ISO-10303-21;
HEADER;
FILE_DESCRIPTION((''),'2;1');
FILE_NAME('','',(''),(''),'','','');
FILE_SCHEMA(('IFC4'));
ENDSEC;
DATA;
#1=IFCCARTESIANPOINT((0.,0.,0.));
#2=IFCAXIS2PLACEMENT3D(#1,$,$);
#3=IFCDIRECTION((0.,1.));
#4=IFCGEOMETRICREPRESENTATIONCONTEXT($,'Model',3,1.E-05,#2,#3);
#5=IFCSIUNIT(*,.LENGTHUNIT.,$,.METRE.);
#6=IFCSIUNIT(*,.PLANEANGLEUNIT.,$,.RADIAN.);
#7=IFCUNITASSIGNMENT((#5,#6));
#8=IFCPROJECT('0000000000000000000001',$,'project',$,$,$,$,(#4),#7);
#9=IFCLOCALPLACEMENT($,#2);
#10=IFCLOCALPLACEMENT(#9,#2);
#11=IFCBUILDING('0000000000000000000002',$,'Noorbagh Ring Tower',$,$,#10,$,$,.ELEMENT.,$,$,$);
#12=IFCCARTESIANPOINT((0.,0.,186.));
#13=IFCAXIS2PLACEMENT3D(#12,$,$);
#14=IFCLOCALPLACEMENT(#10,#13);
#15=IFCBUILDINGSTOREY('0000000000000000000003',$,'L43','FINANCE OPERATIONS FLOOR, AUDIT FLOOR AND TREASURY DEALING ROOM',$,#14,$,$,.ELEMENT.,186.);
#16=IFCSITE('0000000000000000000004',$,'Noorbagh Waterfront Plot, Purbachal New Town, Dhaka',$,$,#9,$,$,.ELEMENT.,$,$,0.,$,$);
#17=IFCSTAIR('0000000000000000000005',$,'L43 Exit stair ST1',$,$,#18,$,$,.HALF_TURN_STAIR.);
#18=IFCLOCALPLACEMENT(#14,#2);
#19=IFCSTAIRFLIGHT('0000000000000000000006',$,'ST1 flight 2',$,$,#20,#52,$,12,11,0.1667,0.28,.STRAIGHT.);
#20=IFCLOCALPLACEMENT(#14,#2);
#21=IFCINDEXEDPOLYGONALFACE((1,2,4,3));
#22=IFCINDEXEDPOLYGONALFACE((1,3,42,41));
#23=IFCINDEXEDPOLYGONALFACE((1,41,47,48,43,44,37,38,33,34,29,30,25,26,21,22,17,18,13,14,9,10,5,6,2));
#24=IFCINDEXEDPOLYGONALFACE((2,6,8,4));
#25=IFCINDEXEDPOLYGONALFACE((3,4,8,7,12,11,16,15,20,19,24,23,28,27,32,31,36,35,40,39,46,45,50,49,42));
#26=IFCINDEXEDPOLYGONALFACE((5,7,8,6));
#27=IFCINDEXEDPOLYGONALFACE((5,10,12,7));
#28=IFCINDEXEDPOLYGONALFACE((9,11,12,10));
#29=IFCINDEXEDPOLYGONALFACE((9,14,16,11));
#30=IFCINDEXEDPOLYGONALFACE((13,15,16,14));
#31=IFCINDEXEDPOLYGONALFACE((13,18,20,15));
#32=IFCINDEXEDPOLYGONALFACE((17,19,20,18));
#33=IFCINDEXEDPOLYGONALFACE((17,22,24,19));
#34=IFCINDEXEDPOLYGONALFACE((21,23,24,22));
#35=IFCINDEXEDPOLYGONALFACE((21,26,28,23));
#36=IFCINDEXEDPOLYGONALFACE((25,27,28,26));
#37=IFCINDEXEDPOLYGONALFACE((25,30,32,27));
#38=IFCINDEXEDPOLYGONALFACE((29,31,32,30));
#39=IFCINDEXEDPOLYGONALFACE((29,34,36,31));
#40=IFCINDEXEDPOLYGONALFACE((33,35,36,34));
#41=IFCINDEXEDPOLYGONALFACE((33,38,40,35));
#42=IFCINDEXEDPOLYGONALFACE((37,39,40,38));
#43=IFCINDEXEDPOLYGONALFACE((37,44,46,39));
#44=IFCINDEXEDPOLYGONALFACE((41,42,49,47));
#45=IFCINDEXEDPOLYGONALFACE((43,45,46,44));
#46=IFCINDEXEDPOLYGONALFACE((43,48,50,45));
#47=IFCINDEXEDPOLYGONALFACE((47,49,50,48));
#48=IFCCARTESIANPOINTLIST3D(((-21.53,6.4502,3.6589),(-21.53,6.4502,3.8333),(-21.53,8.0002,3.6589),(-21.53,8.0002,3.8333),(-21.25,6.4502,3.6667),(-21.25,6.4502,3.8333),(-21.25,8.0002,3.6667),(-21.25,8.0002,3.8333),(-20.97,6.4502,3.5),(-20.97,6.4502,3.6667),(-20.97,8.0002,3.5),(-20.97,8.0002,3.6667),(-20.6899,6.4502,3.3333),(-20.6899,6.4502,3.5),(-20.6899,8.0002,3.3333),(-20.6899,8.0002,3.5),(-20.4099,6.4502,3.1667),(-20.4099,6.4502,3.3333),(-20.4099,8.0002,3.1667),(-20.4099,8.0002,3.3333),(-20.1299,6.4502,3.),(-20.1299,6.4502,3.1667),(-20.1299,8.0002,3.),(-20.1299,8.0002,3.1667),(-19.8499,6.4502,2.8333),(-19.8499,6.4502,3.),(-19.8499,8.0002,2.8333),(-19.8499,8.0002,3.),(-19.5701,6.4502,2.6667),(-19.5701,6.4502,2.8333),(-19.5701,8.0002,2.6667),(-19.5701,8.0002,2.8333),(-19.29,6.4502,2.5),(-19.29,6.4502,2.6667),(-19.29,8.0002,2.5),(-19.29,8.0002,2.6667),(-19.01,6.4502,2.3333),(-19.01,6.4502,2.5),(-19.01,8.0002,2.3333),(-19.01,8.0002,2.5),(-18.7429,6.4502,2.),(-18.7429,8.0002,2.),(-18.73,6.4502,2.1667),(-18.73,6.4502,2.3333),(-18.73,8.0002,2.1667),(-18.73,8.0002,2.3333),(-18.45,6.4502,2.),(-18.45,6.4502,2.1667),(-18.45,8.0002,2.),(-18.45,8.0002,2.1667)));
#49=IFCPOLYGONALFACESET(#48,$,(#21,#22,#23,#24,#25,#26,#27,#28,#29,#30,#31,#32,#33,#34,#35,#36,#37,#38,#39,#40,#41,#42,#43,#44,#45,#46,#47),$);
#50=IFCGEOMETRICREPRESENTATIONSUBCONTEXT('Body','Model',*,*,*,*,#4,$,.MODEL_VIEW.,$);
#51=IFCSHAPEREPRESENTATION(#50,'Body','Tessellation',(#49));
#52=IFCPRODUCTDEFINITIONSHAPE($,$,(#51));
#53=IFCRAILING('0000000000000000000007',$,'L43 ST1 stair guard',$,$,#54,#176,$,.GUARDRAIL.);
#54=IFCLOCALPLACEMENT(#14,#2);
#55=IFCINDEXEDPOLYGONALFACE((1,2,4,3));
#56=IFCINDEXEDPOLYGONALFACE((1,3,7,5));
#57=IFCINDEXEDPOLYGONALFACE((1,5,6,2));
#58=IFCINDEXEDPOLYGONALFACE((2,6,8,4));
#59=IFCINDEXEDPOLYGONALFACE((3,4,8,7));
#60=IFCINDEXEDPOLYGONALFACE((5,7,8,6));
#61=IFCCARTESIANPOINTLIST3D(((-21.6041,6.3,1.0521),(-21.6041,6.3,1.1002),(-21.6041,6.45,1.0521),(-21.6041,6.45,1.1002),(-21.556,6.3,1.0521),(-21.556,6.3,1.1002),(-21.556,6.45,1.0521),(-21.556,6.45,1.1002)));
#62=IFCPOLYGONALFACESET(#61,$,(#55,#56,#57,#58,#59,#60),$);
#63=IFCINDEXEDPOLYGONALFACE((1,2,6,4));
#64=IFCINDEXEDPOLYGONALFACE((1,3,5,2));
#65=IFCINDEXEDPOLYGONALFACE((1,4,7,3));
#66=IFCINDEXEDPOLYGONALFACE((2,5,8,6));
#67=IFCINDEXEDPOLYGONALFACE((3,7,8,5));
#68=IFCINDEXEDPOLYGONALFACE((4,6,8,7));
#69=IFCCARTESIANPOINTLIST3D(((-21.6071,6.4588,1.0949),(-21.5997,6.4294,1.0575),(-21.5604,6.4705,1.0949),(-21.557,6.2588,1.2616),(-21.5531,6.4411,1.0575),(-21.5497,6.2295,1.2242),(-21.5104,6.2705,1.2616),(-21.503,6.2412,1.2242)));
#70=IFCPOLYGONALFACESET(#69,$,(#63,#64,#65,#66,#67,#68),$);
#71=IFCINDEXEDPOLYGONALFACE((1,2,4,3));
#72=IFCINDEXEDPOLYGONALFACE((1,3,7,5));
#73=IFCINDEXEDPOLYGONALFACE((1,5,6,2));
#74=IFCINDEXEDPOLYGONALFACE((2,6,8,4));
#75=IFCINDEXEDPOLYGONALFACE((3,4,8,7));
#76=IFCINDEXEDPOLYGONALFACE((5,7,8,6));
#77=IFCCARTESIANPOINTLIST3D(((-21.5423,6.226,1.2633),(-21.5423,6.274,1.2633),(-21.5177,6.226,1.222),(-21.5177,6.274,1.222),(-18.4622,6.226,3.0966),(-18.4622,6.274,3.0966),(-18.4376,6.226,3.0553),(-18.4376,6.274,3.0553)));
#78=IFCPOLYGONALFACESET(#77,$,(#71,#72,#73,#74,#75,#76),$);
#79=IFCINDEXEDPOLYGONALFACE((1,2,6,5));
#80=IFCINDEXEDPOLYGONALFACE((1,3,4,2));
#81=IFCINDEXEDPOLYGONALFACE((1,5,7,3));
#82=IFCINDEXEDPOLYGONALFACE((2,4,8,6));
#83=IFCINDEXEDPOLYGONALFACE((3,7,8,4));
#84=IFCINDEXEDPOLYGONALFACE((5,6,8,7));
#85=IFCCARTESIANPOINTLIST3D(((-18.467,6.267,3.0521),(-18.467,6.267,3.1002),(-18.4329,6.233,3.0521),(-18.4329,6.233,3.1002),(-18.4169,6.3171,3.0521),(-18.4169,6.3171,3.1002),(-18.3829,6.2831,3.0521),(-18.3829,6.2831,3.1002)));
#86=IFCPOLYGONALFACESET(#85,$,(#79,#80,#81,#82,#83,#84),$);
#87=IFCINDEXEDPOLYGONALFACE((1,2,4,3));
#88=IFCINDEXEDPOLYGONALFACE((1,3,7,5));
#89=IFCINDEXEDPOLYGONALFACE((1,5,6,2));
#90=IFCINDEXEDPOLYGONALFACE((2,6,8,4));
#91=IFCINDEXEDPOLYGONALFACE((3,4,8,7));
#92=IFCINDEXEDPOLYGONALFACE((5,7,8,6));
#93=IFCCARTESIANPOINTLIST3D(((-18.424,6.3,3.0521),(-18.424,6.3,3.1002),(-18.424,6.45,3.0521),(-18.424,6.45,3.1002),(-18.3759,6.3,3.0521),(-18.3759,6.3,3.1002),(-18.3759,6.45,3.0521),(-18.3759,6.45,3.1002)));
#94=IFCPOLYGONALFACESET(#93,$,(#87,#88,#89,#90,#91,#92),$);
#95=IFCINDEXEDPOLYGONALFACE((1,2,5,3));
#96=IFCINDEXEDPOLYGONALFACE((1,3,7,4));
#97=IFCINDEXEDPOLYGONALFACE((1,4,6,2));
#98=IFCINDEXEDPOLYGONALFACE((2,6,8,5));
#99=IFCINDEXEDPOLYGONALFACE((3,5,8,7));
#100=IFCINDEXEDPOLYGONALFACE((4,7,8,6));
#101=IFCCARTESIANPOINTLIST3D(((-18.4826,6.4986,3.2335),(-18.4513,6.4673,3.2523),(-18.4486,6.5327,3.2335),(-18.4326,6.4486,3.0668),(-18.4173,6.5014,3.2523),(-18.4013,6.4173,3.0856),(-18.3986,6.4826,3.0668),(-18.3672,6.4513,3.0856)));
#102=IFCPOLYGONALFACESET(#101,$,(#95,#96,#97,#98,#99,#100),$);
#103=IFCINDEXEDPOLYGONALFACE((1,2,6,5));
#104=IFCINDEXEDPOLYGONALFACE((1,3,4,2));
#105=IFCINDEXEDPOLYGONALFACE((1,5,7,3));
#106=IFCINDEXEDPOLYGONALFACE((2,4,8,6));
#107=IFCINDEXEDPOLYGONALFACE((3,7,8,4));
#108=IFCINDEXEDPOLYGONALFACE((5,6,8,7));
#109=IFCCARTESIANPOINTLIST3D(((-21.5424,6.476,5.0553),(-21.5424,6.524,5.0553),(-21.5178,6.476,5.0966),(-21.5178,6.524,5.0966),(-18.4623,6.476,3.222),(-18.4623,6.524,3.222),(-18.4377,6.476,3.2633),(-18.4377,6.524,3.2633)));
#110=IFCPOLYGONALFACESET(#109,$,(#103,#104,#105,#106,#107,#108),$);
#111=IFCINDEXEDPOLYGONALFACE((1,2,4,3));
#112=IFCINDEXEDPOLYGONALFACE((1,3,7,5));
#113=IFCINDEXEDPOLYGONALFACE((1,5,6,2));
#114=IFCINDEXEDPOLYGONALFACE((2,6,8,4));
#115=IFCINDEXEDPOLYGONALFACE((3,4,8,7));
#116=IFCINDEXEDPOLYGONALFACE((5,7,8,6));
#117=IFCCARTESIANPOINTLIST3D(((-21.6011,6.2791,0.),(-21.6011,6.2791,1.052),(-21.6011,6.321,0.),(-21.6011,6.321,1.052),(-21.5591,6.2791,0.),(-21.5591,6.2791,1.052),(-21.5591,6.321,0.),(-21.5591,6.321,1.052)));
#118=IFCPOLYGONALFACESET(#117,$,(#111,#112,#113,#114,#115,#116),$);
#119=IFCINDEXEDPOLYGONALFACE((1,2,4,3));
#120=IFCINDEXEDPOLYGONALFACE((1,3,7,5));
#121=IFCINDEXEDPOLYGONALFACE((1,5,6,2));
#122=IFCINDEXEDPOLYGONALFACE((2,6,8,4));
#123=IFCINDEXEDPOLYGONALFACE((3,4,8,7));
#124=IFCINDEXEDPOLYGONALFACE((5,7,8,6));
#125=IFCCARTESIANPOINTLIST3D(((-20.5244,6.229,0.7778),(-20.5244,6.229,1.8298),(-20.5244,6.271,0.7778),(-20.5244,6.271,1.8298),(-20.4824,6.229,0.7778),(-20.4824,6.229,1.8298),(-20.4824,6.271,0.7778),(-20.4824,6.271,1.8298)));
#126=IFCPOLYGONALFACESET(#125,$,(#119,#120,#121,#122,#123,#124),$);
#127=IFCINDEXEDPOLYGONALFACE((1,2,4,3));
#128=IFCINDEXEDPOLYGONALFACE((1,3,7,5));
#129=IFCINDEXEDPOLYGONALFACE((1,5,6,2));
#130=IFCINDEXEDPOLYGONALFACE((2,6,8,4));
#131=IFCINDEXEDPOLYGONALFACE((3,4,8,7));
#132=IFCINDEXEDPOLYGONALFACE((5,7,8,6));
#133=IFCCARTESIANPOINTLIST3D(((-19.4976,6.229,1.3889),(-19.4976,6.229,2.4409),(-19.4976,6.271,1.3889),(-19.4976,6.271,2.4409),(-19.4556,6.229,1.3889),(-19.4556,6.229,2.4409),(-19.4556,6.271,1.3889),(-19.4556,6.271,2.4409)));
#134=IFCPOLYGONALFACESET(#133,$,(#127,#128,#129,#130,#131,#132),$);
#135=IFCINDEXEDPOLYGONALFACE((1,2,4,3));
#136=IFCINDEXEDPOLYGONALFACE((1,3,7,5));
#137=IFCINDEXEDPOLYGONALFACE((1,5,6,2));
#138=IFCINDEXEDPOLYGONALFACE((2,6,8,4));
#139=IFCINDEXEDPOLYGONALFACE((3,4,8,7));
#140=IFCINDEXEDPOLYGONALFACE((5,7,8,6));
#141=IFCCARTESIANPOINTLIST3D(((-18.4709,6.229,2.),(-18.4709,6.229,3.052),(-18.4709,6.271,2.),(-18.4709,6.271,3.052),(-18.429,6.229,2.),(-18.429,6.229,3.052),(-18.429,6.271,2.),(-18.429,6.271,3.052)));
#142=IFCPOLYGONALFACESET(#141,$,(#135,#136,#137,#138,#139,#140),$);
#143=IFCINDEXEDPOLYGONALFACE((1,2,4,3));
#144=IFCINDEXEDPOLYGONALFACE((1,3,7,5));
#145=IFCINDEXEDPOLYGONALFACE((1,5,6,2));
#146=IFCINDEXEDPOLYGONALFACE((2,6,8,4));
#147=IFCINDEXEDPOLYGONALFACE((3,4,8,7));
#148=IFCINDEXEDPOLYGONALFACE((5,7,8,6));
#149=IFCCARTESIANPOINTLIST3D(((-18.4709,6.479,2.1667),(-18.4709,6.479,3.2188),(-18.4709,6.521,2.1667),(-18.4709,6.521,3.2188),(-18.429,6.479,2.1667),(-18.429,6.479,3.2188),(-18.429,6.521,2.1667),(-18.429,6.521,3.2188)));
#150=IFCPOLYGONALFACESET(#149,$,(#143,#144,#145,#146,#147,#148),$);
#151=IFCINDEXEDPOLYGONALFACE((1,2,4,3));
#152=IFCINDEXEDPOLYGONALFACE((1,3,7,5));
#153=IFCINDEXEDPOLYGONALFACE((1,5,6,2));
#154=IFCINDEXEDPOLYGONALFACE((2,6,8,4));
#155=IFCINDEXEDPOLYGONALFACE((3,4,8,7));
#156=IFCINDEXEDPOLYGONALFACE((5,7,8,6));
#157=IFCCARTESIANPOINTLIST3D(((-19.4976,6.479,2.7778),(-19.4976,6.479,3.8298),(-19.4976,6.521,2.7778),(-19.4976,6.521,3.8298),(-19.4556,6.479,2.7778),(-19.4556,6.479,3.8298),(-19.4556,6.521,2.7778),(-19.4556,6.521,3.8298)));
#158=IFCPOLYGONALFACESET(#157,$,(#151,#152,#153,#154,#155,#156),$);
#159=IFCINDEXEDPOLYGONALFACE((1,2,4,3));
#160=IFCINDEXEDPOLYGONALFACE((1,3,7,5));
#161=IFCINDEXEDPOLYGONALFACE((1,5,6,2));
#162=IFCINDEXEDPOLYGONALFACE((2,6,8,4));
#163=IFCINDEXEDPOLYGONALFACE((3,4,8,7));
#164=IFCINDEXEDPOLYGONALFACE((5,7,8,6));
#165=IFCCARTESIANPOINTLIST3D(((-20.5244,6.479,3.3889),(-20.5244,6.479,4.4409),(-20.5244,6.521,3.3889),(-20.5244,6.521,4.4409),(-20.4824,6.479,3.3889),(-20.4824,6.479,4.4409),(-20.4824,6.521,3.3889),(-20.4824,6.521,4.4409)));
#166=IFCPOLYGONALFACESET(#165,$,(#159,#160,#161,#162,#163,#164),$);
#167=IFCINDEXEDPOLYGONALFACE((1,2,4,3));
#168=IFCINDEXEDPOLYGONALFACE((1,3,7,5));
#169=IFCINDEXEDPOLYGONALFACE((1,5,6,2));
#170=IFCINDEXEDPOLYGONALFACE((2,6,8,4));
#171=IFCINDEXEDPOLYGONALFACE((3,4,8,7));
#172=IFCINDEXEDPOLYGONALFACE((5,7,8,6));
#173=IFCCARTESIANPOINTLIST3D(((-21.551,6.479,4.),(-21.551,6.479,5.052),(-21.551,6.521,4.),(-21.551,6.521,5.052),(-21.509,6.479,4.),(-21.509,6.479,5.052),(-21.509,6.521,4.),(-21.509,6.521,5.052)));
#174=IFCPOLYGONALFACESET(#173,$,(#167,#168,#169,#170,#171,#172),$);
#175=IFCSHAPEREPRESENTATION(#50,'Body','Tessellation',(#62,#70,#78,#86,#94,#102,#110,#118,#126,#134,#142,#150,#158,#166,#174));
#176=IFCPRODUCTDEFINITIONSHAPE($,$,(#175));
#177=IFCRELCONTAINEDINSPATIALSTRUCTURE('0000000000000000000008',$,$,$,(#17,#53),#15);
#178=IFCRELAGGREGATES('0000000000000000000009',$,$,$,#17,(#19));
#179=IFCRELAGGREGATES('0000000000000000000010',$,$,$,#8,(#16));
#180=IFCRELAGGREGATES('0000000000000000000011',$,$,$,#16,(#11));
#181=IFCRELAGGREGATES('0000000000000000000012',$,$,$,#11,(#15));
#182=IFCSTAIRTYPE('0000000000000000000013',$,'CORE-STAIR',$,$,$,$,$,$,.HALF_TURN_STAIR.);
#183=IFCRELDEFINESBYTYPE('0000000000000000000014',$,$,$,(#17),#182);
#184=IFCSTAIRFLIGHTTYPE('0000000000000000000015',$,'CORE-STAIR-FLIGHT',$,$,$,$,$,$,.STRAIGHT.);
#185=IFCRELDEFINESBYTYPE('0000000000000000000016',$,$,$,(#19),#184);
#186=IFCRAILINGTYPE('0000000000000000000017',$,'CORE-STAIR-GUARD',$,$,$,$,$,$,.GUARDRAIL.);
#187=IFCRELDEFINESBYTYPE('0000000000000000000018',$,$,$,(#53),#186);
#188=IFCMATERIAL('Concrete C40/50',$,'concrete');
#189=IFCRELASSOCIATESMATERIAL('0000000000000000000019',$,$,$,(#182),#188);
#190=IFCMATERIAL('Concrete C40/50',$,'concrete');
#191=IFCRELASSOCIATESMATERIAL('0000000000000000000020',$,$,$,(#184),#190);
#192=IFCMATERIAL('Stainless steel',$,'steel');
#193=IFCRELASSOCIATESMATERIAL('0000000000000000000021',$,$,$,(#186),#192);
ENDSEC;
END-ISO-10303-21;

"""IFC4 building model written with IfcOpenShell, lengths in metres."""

from ifc_helpers import new_model, si_unit, direction, frame, origin, origin_2d, place, context, subcontext, project, spatial, polyline, rectangle, outline, extrude, material, type_object, element, aggregate, save


model = new_model("IFC4")

# Units and contexts
model_context = context("Model", 3, precision=1e-05, world=origin(), true_north=direction((0.0, 1.0)))
body_context = subcontext(model_context, "Body", "Model", "MODEL_VIEW")
ifc_project = project(units=[si_unit("LENGTHUNIT", "METRE"), si_unit("PLANEANGLEUNIT", "RADIAN")], contexts=[model_context])

# Site, building, storey
site_placement = place(None, origin())
site = spatial("IfcSite", under=ifc_project, at=site_placement, Name="Noorbagh Waterfront Plot, Purbachal New Town, Dhaka", CompositionType="ELEMENT", RefElevation=0.0)
building_placement = place(site_placement, origin())
building = spatial("IfcBuilding", under=site, at=building_placement, Name="Noorbagh Ring Tower", CompositionType="ELEMENT")
storey_placement = place(building_placement, frame((0.0, 0.0, 186.0)))
storey = spatial("IfcBuildingStorey", under=building, at=storey_placement, Name="L43", Description="FINANCE OPERATIONS FLOOR, AUDIT FLOOR AND TREASURY DEALING ROOM", CompositionType="ELEMENT", Elevation=186.0)

# Stair, stair flight
ifc_material_1 = material(Name="Concrete C40/50", Category="concrete")
stair_type = type_object("IfcStairType", Name="CORE-STAIR", PredefinedType="HALF_TURN_STAIR", material=ifc_material_1)
stair_placement = place(storey_placement, origin())
stair = element("IfcStair", 1, at=stair_placement, inside=storey, type_object=stair_type, Name="L43 Exit stair ST1", PredefinedType="HALF_TURN_STAIR")
ifc_material_2 = material(Name="Concrete C40/50", Category="concrete")
stair_flight_type = type_object("IfcStairFlightType", Name="CORE-STAIR-FLIGHT", PredefinedType="STRAIGHT", material=ifc_material_2)
stair_flight_1_placement = place(storey_placement, frame((-18.45, 7.2251, 2.0), z_axis=(0.0, 0.0, 1.0), x_axis=(-1.0, 0.0, 0.0)))
stair_flight_1 = element("IfcStairFlight", 2, at=stair_flight_1_placement, type_object=stair_flight_type, Name="ST1 flight 2", NumberOfRisers=12, NumberOfTreads=11, PredefinedType="STRAIGHT", RiserHeight=0.1667, TreadLength=0.28, context=body_context, shape_type="SweptSolid", body=[
    extrude(outline(polyline([(0.0, 0.0), (0.0, 0.1667), (0.28, 0.1667), (0.28, 0.3333), (0.5601, 0.3333), (0.5601, 0.5), (0.8401, 0.5), (0.8401, 0.6667), (1.1201, 0.6667), (1.1201, 0.8333), (1.3999, 0.8333), (1.3999, 1.0), (1.6799, 1.0), (1.6799, 1.1667), (1.96, 1.1667), (1.96, 1.3333), (2.24, 1.3333), (2.24, 1.5), (2.52, 1.5), (2.52, 1.6667), (2.8, 1.6667), (2.8, 1.8333), (3.0801, 1.8333), (3.0801, 2.0), (3.0801, 1.6589), (0.293, 0.0), (0.0, 0.0)])), frame((0.0, 0.7749, 0.0), z_axis=(0.0, -1.0, 0.0), x_axis=(1.0, 0.0, 0.0)), (0.0, 0.0, 1.0), 1.55),
])
aggregate(stair, [stair_flight_1])

# Railing
ifc_material_3 = material(Name="Stainless steel", Category="steel")
railing_type = type_object("IfcRailingType", Name="CORE-STAIR-GUARD", PredefinedType="GUARDRAIL", material=ifc_material_3)
railing_placement = place(storey_placement, frame((-21.5801, 6.3, 0.0)))
element("IfcRailing", 3, at=railing_placement, inside=storey, type_object=railing_type, Name="L43 ST1 stair guard", PredefinedType="GUARDRAIL", context=body_context, shape_type="SweptSolid", body=[
    extrude(rectangle(XDim=0.0481, YDim=0.0481, at=origin_2d()), frame((0.0, 0.0, 1.0762), z_axis=(0.0, 1.0, 0.0), x_axis=(-1.0, 0.0, 0.0)), (0.0, 0.0, 1.0), 0.1499),
    extrude(rectangle(XDim=0.0481, YDim=0.0481, at=origin_2d()), frame((0.0, 0.1499, 1.0762), z_axis=(0.188776, -0.754182, 0.628946), x_axis=(0.970073, 0.242814, 0.0)), (0.0, 0.0, 1.0), 0.2651),
    extrude(rectangle(XDim=0.0481, YDim=0.0481, at=origin_2d()), frame((0.05, -0.05, 1.2427), z_axis=(0.859309, 0.0, 0.511458), x_axis=(0.0, 1.0, 0.0)), (0.0, 0.0, 1.0), 3.5845),
    extrude(rectangle(XDim=0.0481, YDim=0.0481, at=origin_2d()), frame((3.1301, -0.05, 3.0762), z_axis=(0.707107, 0.707107, 0.0), x_axis=(-0.707107, 0.707107, 0.0)), (0.0, 0.0, 1.0), 0.0708),
    extrude(rectangle(XDim=0.0481, YDim=0.0481, at=origin_2d()), frame((3.1802, 0.0, 3.0762), z_axis=(0.0, 1.0, 0.0), x_axis=(-1.0, 0.0, 0.0)), (0.0, 0.0, 1.0), 0.1499),
    extrude(rectangle(XDim=0.0481, YDim=0.0481, at=origin_2d()), frame((3.1802, 0.1499, 3.0762), z_axis=(-0.276287, 0.276287, 0.920506), x_axis=(-0.707107, -0.707107, 0.0)), (0.0, 0.0, 1.0), 0.1812),
    extrude(rectangle(XDim=0.0481, YDim=0.0481, at=origin_2d()), frame((3.1301, 0.2, 3.2427), z_axis=(-0.859309, 0.0, 0.511458), x_axis=(0.0, -1.0, 0.0)), (0.0, 0.0, 1.0), 3.5845),
    extrude(rectangle(XDim=0.042, YDim=0.042, at=origin_2d()), origin(), (0.0, 0.0, 1.0), 1.052),
    extrude(rectangle(XDim=0.042, YDim=0.042, at=origin_2d()), frame((1.0767, -0.05, 0.7778)), (0.0, 0.0, 1.0), 1.052),
    extrude(rectangle(XDim=0.042, YDim=0.042, at=origin_2d()), frame((2.1035, -0.05, 1.3889)), (0.0, 0.0, 1.0), 1.052),
    extrude(rectangle(XDim=0.042, YDim=0.042, at=origin_2d()), frame((3.1301, -0.05, 2.0)), (0.0, 0.0, 1.0), 1.052),
    extrude(rectangle(XDim=0.042, YDim=0.042, at=origin_2d()), frame((3.1301, 0.2, 2.1667)), (0.0, 0.0, 1.0), 1.052),
    extrude(rectangle(XDim=0.042, YDim=0.042, at=origin_2d()), frame((2.1035, 0.2, 2.7778)), (0.0, 0.0, 1.0), 1.052),
    extrude(rectangle(XDim=0.042, YDim=0.042, at=origin_2d()), frame((1.0767, 0.2, 3.3889)), (0.0, 0.0, 1.0), 1.052),
    extrude(rectangle(XDim=0.042, YDim=0.042, at=origin_2d()), frame((0.05, 0.2, 4.0)), (0.0, 0.0, 1.0), 1.052),
])

save(model, "model.ifc")
